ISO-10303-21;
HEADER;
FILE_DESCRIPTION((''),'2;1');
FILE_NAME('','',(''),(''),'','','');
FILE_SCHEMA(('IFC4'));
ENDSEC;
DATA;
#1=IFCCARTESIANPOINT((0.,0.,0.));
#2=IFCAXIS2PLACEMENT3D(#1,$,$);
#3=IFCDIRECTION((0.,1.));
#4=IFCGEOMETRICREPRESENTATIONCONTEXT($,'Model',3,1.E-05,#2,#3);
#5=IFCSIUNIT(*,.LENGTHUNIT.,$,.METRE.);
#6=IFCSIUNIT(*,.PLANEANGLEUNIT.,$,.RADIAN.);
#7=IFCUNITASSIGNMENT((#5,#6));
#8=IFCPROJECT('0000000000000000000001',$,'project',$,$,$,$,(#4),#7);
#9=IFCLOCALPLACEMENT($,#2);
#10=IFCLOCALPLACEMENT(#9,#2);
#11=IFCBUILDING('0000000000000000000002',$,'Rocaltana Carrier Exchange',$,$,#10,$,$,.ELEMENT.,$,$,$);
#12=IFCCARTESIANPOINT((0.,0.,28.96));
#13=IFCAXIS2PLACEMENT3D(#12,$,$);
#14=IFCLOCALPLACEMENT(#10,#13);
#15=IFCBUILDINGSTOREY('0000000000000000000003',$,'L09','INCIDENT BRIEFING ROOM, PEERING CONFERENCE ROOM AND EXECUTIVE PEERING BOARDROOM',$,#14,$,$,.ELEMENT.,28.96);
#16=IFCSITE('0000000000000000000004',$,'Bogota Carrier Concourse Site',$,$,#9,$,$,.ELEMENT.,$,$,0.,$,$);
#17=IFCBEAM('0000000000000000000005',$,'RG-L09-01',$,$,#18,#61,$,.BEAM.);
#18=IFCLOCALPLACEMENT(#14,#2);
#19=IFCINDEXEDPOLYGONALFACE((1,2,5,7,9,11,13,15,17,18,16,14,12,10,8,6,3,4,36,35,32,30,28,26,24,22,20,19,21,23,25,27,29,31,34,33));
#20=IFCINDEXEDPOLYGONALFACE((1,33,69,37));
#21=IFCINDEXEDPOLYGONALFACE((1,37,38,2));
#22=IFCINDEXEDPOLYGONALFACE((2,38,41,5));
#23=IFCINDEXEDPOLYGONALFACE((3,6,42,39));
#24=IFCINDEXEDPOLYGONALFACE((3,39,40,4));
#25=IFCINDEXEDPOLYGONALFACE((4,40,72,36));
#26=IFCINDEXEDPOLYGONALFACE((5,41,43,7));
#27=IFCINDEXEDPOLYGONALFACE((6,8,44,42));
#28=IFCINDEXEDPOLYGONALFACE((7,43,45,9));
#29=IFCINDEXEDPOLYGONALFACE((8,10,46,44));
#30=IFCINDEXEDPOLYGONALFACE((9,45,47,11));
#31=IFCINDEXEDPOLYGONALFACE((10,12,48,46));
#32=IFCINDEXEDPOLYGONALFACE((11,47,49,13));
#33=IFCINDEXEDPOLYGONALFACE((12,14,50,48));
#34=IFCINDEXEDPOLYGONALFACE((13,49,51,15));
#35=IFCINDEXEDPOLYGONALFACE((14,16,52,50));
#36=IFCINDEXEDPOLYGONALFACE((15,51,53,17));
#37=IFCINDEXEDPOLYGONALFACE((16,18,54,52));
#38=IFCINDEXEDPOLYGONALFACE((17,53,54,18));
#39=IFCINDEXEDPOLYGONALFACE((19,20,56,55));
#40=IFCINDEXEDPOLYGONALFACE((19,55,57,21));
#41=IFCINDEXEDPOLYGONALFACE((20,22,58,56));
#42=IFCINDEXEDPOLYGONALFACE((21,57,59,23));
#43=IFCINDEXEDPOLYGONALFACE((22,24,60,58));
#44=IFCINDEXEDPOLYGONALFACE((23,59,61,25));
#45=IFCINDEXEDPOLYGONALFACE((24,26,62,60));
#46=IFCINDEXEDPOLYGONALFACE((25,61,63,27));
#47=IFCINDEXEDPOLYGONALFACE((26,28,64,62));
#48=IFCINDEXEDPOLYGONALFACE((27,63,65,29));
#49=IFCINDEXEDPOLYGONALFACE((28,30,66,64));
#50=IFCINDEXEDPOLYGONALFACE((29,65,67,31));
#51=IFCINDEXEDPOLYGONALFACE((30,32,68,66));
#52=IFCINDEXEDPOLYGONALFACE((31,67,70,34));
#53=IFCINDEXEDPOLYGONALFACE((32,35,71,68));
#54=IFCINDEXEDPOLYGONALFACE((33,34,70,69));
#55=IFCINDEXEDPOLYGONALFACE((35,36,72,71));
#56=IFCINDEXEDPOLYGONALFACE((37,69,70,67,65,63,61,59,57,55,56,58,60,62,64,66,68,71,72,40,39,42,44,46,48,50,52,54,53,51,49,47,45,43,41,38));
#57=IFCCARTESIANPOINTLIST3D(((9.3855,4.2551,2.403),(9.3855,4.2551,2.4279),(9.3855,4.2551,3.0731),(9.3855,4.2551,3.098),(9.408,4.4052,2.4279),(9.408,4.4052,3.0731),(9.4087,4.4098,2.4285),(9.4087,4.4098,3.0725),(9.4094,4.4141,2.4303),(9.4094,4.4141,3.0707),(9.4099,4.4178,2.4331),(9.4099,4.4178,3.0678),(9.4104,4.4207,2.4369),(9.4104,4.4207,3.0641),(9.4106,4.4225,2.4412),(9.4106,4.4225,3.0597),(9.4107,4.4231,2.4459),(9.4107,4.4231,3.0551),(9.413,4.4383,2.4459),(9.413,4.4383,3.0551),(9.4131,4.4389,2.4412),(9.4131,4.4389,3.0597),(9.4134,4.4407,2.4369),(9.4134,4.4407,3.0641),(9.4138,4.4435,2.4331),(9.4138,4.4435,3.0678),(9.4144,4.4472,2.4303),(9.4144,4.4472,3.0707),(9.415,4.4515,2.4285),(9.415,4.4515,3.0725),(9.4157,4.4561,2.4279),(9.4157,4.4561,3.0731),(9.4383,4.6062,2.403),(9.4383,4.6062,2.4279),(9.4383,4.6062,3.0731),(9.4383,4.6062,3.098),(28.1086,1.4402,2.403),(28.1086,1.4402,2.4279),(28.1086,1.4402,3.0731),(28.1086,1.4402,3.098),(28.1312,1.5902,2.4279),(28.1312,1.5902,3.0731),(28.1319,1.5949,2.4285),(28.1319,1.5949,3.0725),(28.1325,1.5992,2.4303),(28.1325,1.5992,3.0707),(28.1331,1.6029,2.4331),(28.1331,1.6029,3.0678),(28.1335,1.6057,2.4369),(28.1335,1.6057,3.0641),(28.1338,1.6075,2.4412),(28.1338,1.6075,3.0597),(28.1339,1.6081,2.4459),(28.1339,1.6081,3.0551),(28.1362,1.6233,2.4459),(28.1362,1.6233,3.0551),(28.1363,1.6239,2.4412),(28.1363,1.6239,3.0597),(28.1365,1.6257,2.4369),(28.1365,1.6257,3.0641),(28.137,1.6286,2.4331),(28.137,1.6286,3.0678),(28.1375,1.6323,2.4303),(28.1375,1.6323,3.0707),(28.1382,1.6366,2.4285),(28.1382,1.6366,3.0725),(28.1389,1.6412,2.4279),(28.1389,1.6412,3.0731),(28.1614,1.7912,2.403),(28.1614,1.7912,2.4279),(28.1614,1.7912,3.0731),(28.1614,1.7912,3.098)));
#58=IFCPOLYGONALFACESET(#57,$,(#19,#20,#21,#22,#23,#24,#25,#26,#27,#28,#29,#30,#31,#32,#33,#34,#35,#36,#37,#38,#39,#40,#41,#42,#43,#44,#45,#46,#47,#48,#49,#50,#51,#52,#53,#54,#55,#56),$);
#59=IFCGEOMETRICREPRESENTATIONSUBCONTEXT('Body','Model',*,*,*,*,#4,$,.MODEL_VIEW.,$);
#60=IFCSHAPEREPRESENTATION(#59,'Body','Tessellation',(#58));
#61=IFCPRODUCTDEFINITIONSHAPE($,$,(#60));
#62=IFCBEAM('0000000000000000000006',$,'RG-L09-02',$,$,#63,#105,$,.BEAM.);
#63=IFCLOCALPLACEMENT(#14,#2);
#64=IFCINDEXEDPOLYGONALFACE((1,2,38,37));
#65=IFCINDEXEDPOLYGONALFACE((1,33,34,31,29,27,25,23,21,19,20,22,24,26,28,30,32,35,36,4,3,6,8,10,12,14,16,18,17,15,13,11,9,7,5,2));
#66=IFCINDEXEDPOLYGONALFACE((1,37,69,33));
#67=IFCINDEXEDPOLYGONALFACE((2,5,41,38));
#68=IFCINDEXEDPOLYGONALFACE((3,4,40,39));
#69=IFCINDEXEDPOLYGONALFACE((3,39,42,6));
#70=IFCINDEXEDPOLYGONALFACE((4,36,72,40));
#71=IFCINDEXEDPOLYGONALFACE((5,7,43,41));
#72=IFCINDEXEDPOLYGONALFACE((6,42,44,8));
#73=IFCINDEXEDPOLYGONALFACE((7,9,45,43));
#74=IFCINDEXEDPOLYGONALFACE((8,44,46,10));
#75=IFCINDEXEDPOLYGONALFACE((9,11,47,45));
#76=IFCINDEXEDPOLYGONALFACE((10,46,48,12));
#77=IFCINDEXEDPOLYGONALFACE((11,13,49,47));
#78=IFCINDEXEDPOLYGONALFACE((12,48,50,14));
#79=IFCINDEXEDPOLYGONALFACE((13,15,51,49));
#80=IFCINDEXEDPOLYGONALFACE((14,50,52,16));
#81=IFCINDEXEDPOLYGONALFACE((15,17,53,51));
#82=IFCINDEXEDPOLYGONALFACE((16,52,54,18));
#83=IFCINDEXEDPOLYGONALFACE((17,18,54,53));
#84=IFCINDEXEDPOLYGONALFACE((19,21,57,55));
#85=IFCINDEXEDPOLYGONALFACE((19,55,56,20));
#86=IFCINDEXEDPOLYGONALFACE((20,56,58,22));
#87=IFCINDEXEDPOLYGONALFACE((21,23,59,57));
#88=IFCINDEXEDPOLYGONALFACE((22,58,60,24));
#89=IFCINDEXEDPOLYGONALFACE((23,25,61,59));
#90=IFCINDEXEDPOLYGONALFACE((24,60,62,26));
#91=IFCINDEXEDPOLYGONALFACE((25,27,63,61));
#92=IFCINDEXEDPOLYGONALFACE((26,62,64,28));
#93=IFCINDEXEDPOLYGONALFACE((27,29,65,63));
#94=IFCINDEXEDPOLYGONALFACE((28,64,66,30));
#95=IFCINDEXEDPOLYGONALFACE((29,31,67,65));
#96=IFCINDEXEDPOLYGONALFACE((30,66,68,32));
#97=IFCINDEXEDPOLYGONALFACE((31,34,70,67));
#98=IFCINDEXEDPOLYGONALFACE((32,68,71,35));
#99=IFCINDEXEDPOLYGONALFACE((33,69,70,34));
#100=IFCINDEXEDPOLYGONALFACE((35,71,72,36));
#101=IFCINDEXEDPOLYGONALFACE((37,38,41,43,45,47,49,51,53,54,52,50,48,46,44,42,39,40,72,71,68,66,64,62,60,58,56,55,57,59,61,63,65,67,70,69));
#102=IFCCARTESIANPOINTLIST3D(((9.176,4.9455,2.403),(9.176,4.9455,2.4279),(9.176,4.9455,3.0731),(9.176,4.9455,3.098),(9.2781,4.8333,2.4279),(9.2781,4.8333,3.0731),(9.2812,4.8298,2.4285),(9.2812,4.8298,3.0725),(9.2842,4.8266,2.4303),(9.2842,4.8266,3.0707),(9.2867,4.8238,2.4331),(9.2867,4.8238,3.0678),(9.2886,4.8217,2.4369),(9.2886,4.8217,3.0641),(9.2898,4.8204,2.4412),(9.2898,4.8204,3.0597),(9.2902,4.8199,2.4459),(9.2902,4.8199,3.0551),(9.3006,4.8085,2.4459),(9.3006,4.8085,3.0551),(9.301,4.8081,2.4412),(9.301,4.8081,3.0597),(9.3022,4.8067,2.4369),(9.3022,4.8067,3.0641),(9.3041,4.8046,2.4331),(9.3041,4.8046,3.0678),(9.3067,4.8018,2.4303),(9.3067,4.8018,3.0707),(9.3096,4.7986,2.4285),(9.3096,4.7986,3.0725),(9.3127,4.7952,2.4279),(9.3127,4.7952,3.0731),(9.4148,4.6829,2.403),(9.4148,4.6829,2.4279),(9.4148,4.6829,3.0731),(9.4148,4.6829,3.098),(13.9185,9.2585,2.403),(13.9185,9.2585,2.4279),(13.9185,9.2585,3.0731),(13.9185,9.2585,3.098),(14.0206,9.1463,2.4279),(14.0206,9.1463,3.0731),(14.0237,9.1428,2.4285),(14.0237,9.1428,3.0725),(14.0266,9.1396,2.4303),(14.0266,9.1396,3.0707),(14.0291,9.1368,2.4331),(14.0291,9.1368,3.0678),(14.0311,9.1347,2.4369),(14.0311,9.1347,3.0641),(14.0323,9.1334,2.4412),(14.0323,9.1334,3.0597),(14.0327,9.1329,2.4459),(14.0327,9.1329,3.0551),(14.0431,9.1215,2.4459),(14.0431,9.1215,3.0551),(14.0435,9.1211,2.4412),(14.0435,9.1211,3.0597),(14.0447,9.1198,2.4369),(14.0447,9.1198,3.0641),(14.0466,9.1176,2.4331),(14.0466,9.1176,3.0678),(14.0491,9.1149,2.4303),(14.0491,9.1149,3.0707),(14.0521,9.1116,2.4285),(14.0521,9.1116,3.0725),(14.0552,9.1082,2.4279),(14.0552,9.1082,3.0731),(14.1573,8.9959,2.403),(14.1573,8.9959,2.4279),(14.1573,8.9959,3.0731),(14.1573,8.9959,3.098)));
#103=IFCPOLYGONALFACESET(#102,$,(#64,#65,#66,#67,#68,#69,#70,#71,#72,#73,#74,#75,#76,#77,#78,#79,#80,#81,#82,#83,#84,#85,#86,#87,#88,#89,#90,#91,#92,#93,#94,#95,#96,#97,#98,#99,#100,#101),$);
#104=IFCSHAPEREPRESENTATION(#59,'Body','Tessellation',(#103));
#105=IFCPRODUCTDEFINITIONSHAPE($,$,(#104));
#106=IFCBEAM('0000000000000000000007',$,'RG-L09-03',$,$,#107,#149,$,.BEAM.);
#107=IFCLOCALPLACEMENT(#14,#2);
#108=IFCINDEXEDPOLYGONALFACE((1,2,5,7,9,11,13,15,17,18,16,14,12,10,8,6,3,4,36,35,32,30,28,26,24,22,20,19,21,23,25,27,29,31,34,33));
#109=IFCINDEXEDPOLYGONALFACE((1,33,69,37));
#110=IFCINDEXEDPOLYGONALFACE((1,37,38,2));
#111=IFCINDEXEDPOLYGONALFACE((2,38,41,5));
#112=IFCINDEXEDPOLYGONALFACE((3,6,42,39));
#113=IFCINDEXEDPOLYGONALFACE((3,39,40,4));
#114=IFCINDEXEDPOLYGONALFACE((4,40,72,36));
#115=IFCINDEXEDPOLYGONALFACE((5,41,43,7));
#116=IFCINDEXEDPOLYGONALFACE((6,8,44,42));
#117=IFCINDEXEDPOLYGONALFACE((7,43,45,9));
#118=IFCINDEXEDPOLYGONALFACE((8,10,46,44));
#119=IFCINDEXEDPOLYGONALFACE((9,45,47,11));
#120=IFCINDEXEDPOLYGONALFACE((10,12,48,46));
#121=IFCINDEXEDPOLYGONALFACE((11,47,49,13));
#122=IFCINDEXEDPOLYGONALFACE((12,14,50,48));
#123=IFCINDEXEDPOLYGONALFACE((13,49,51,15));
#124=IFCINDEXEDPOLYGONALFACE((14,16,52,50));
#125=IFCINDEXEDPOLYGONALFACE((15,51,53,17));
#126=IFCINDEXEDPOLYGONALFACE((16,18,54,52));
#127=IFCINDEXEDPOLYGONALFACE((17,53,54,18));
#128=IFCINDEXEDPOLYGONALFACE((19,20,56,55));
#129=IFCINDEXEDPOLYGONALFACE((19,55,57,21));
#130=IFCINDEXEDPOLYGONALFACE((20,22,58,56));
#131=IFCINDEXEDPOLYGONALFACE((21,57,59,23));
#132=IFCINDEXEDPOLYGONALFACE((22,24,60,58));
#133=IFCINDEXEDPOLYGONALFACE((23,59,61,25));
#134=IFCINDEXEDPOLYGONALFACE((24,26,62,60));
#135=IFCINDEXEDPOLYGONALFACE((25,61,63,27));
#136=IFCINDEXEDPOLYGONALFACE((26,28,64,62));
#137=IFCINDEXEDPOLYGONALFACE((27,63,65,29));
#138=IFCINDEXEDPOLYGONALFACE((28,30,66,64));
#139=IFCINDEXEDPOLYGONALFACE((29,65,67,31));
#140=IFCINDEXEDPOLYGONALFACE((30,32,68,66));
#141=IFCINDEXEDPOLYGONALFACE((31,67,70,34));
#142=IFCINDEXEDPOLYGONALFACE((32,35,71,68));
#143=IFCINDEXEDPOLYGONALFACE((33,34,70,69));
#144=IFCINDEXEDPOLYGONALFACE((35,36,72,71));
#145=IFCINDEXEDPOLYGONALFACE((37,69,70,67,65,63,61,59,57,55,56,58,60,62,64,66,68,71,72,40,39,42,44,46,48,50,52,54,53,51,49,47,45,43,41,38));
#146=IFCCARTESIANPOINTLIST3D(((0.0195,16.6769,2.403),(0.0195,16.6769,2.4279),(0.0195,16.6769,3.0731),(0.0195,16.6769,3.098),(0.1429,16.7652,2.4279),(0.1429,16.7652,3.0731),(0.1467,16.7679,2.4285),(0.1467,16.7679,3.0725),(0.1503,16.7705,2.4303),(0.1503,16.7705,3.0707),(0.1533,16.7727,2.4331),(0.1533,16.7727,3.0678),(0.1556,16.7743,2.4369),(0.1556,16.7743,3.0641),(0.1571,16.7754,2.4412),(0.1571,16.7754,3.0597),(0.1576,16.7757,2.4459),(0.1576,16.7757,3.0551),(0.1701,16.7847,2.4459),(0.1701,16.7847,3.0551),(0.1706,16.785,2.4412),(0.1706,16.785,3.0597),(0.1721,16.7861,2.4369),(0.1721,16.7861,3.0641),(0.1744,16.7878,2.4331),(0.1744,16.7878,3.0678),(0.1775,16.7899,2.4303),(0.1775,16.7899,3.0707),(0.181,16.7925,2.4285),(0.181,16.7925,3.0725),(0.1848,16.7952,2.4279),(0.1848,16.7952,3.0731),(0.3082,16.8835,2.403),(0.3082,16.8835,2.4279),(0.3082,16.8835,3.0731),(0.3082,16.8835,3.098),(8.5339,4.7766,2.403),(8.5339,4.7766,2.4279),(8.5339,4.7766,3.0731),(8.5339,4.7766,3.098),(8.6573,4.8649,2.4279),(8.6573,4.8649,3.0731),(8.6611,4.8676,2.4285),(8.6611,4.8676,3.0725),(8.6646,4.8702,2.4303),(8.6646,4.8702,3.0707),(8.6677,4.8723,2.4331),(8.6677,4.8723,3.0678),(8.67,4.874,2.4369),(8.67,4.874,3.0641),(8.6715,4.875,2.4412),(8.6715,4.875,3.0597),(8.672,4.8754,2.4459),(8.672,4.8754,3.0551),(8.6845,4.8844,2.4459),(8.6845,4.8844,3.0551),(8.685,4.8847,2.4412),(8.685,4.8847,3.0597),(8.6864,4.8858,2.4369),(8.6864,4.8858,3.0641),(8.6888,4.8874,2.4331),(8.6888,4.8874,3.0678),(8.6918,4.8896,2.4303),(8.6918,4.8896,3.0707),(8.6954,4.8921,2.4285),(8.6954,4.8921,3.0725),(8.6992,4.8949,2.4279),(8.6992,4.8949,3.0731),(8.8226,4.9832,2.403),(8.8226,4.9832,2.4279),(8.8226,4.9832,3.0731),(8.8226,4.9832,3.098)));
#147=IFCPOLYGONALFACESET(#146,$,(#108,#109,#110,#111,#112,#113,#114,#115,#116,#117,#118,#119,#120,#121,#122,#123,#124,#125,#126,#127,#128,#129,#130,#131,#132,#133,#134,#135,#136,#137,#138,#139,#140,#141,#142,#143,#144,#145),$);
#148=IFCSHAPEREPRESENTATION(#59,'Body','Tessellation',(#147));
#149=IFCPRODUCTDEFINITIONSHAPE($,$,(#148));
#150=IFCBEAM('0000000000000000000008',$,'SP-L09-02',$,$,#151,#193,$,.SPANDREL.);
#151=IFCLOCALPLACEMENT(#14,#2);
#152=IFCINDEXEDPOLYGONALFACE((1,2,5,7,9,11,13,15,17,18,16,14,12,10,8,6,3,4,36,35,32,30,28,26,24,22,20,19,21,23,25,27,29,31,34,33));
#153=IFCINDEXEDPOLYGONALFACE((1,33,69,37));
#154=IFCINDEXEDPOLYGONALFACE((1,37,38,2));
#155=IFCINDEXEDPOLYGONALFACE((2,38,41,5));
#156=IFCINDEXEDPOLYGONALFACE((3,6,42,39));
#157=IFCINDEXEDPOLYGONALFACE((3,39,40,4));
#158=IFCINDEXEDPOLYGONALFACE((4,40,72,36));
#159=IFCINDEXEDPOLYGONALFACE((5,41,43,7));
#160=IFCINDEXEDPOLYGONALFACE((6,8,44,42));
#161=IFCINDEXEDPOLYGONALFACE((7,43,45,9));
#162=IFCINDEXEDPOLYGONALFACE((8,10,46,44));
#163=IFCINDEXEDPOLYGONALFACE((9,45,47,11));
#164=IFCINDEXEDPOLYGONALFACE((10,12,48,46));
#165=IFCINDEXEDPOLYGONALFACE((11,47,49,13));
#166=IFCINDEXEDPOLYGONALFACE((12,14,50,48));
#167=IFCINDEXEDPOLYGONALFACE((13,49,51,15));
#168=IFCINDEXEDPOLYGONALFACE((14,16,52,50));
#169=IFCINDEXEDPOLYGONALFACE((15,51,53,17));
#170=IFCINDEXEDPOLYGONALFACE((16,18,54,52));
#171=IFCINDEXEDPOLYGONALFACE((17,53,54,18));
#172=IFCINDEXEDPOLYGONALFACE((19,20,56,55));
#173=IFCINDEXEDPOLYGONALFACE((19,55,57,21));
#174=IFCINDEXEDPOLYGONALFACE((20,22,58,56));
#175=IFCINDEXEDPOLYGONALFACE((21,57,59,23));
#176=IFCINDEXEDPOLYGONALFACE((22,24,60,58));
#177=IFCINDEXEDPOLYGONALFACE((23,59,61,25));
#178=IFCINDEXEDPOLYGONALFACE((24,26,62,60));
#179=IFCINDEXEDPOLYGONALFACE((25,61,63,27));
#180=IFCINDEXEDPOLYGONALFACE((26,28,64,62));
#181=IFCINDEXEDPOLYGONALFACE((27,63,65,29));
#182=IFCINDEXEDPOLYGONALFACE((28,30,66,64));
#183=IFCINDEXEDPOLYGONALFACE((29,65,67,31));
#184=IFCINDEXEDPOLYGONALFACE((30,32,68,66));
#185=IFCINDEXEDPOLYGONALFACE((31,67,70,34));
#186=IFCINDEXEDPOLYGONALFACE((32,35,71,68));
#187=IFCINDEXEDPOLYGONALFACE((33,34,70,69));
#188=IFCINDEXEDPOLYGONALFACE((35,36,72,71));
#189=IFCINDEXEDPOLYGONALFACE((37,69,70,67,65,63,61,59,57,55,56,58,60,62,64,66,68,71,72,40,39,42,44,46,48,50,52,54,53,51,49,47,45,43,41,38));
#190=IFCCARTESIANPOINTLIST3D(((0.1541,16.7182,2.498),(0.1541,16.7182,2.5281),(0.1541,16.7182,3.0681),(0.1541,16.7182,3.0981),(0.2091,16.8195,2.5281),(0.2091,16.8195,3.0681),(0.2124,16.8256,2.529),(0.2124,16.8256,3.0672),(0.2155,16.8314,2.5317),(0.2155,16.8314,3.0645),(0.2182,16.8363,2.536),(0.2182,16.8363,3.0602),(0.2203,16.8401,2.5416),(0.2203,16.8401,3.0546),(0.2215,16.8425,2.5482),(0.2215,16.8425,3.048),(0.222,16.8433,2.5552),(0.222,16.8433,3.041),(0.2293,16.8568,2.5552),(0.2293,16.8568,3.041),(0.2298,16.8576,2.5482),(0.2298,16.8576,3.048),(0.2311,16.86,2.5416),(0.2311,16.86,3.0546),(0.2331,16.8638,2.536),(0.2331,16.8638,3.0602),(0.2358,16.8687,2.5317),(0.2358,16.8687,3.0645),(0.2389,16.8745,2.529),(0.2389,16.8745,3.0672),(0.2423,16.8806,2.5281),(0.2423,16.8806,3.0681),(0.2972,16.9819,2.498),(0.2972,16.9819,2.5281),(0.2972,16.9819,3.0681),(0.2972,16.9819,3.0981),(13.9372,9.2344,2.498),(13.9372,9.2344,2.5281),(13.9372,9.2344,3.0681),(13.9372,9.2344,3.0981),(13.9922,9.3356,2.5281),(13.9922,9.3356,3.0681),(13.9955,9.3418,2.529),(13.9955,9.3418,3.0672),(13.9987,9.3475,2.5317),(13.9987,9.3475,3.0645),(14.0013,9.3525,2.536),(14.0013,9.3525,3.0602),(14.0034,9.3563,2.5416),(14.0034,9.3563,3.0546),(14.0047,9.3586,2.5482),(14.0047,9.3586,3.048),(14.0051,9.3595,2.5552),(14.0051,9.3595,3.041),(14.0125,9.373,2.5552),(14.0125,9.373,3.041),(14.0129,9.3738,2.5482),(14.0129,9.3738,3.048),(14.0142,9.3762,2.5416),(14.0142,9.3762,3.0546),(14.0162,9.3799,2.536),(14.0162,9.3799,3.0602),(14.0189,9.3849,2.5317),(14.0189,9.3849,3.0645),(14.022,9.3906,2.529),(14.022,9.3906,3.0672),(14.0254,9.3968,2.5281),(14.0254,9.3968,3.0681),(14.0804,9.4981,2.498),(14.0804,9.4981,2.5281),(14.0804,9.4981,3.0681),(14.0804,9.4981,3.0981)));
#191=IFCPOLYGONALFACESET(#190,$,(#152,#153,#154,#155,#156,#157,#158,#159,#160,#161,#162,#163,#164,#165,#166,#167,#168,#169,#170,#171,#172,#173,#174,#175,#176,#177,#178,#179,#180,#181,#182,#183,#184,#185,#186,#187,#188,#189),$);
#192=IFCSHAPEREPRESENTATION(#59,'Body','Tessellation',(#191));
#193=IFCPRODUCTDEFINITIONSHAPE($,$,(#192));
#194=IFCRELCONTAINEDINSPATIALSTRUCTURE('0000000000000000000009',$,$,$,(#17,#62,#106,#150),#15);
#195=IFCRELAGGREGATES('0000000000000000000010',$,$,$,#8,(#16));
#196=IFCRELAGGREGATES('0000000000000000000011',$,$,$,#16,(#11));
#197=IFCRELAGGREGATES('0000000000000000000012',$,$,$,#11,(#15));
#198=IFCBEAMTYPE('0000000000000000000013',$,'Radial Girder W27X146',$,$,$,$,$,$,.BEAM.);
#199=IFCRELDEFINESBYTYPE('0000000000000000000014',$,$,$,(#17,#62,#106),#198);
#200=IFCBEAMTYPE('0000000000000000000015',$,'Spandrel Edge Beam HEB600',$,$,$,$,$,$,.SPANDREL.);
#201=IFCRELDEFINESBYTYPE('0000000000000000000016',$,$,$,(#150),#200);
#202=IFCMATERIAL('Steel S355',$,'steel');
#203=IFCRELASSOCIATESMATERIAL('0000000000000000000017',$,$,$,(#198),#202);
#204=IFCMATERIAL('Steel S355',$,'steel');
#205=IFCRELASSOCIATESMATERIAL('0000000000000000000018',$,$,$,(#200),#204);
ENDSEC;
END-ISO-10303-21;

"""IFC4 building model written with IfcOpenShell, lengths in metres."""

from ifc_helpers import new_model, si_unit, direction, frame, origin, origin_2d, place, context, subcontext, project, spatial, i_section, extrude, material, material_profile, profile_set, type_object, element, save


model = new_model("IFC4")

# Units and contexts
model_context = context("Model", 3, precision=1e-05, world=origin(), true_north=direction((0.0, 1.0)))
body_context = subcontext(model_context, "Body", "Model", "MODEL_VIEW")
ifc_project = project(units=[si_unit("LENGTHUNIT", "METRE"), si_unit("PLANEANGLEUNIT", "RADIAN")], contexts=[model_context])

# Site, building, storey
site_placement = place(None, origin())
site = spatial("IfcSite", under=ifc_project, at=site_placement, Name="Bogota Carrier Concourse Site", CompositionType="ELEMENT", RefElevation=0.0)
building_placement = place(site_placement, origin())
building = spatial("IfcBuilding", under=site, at=building_placement, Name="Rocaltana Carrier Exchange", CompositionType="ELEMENT")
storey_placement = place(building_placement, frame((0.0, 0.0, 28.96)))
storey = spatial("IfcBuildingStorey", under=building, at=storey_placement, Name="L09", Description="INCIDENT BRIEFING ROOM, PEERING CONFERENCE ROOM AND EXECUTIVE PEERING BOARDROOM", CompositionType="ELEMENT", Elevation=28.96)

# Beams
ifc_material_1 = material(Name="Steel S355", Category="steel")
ifc_material_profile_1 = material_profile(ifc_material_1, i_section(OverallWidth=0.355, OverallDepth=0.6951, WebThickness=0.0154, FlangeThickness=0.0249, FilletRadius=0.0181, at=origin_2d()), Name="W27X146")
ifc_profile_set_1 = profile_set([ifc_material_profile_1], Name="Steel S355")
beam_type_1 = type_object("IfcBeamType", Name="Radial Girder W27X146", PredefinedType="BEAM", material=ifc_profile_set_1)
beam_1_placement = place(storey_placement, frame((9.4119, 4.4307, 2.7505), z_axis=(0.988886, -0.148675, 0.0), x_axis=(0.148675, 0.988886, 0.0)))
element("IfcBeam", 1, at=beam_1_placement, inside=storey, type_object=beam_type_1, Name="RG-L09-01", PredefinedType="BEAM", context=body_context, shape_type="SweptSolid", body=[
    extrude(i_section(OverallWidth=0.355, OverallDepth=0.6951, WebThickness=0.0154, FlangeThickness=0.0249, FilletRadius=0.0181, at=origin_2d()), origin(), (0.0, 0.0, 1.0), 18.9336),
])
beam_2_placement = place(storey_placement, frame((9.2954, 4.8142, 2.7505), z_axis=(0.739809, 0.672817, 0.0), x_axis=(-0.672817, 0.739809, 0.0)))
element("IfcBeam", 2, at=beam_2_placement, inside=storey, type_object=beam_type_1, Name="RG-L09-02", PredefinedType="BEAM", context=body_context, shape_type="SweptSolid", body=[
    extrude(i_section(OverallWidth=0.355, OverallDepth=0.6951, WebThickness=0.0154, FlangeThickness=0.0249, FilletRadius=0.0181, at=origin_2d()), origin(), (0.0, 0.0, 1.0), 6.4104),
])
beam_3_placement = place(storey_placement, frame((8.6782, 4.8799, 2.7505), z_axis=(-0.581877, 0.813277, 0.0), x_axis=(-0.813277, -0.581877, 0.0)))
element("IfcBeam", 3, at=beam_3_placement, inside=storey, type_object=beam_type_1, Name="RG-L09-03", PredefinedType="BEAM", context=body_context, shape_type="SweptSolid", body=[
    extrude(i_section(OverallWidth=0.355, OverallDepth=0.6951, WebThickness=0.0154, FlangeThickness=0.0249, FilletRadius=0.0181, at=origin_2d()), origin(), (0.0, 0.0, 1.0), 14.6326),
])
ifc_material_2 = material(Name="Steel S355", Category="steel")
ifc_material_profile_2 = material_profile(ifc_material_2, i_section(OverallWidth=0.3, OverallDepth=0.6001, WebThickness=0.0154, FlangeThickness=0.03, FilletRadius=0.0271, at=origin_2d()), Name="HEB600")
ifc_profile_set_2 = profile_set([ifc_material_profile_2], Name="Steel S355")
beam_type_2 = type_object("IfcBeamType", Name="Spandrel Edge Beam HEB600", PredefinedType="SPANDREL", material=ifc_profile_set_2)
beam_4_placement = place(storey_placement, frame((14.0088, 9.3662, 2.7981), z_axis=(-0.878811, 0.477169, 0.0), x_axis=(-0.477169, -0.878811, 0.0)))
element("IfcBeam", 4, at=beam_4_placement, inside=storey, type_object=beam_type_2, Name="SP-L09-02", PredefinedType="SPANDREL", context=body_context, shape_type="SweptSolid", body=[
    extrude(i_section(OverallWidth=0.3, OverallDepth=0.6001, WebThickness=0.0154, FlangeThickness=0.03, FilletRadius=0.0271, at=origin_2d()), origin(), (0.0, 0.0, 1.0), 15.6838),
])

save(model, "model.ifc")
